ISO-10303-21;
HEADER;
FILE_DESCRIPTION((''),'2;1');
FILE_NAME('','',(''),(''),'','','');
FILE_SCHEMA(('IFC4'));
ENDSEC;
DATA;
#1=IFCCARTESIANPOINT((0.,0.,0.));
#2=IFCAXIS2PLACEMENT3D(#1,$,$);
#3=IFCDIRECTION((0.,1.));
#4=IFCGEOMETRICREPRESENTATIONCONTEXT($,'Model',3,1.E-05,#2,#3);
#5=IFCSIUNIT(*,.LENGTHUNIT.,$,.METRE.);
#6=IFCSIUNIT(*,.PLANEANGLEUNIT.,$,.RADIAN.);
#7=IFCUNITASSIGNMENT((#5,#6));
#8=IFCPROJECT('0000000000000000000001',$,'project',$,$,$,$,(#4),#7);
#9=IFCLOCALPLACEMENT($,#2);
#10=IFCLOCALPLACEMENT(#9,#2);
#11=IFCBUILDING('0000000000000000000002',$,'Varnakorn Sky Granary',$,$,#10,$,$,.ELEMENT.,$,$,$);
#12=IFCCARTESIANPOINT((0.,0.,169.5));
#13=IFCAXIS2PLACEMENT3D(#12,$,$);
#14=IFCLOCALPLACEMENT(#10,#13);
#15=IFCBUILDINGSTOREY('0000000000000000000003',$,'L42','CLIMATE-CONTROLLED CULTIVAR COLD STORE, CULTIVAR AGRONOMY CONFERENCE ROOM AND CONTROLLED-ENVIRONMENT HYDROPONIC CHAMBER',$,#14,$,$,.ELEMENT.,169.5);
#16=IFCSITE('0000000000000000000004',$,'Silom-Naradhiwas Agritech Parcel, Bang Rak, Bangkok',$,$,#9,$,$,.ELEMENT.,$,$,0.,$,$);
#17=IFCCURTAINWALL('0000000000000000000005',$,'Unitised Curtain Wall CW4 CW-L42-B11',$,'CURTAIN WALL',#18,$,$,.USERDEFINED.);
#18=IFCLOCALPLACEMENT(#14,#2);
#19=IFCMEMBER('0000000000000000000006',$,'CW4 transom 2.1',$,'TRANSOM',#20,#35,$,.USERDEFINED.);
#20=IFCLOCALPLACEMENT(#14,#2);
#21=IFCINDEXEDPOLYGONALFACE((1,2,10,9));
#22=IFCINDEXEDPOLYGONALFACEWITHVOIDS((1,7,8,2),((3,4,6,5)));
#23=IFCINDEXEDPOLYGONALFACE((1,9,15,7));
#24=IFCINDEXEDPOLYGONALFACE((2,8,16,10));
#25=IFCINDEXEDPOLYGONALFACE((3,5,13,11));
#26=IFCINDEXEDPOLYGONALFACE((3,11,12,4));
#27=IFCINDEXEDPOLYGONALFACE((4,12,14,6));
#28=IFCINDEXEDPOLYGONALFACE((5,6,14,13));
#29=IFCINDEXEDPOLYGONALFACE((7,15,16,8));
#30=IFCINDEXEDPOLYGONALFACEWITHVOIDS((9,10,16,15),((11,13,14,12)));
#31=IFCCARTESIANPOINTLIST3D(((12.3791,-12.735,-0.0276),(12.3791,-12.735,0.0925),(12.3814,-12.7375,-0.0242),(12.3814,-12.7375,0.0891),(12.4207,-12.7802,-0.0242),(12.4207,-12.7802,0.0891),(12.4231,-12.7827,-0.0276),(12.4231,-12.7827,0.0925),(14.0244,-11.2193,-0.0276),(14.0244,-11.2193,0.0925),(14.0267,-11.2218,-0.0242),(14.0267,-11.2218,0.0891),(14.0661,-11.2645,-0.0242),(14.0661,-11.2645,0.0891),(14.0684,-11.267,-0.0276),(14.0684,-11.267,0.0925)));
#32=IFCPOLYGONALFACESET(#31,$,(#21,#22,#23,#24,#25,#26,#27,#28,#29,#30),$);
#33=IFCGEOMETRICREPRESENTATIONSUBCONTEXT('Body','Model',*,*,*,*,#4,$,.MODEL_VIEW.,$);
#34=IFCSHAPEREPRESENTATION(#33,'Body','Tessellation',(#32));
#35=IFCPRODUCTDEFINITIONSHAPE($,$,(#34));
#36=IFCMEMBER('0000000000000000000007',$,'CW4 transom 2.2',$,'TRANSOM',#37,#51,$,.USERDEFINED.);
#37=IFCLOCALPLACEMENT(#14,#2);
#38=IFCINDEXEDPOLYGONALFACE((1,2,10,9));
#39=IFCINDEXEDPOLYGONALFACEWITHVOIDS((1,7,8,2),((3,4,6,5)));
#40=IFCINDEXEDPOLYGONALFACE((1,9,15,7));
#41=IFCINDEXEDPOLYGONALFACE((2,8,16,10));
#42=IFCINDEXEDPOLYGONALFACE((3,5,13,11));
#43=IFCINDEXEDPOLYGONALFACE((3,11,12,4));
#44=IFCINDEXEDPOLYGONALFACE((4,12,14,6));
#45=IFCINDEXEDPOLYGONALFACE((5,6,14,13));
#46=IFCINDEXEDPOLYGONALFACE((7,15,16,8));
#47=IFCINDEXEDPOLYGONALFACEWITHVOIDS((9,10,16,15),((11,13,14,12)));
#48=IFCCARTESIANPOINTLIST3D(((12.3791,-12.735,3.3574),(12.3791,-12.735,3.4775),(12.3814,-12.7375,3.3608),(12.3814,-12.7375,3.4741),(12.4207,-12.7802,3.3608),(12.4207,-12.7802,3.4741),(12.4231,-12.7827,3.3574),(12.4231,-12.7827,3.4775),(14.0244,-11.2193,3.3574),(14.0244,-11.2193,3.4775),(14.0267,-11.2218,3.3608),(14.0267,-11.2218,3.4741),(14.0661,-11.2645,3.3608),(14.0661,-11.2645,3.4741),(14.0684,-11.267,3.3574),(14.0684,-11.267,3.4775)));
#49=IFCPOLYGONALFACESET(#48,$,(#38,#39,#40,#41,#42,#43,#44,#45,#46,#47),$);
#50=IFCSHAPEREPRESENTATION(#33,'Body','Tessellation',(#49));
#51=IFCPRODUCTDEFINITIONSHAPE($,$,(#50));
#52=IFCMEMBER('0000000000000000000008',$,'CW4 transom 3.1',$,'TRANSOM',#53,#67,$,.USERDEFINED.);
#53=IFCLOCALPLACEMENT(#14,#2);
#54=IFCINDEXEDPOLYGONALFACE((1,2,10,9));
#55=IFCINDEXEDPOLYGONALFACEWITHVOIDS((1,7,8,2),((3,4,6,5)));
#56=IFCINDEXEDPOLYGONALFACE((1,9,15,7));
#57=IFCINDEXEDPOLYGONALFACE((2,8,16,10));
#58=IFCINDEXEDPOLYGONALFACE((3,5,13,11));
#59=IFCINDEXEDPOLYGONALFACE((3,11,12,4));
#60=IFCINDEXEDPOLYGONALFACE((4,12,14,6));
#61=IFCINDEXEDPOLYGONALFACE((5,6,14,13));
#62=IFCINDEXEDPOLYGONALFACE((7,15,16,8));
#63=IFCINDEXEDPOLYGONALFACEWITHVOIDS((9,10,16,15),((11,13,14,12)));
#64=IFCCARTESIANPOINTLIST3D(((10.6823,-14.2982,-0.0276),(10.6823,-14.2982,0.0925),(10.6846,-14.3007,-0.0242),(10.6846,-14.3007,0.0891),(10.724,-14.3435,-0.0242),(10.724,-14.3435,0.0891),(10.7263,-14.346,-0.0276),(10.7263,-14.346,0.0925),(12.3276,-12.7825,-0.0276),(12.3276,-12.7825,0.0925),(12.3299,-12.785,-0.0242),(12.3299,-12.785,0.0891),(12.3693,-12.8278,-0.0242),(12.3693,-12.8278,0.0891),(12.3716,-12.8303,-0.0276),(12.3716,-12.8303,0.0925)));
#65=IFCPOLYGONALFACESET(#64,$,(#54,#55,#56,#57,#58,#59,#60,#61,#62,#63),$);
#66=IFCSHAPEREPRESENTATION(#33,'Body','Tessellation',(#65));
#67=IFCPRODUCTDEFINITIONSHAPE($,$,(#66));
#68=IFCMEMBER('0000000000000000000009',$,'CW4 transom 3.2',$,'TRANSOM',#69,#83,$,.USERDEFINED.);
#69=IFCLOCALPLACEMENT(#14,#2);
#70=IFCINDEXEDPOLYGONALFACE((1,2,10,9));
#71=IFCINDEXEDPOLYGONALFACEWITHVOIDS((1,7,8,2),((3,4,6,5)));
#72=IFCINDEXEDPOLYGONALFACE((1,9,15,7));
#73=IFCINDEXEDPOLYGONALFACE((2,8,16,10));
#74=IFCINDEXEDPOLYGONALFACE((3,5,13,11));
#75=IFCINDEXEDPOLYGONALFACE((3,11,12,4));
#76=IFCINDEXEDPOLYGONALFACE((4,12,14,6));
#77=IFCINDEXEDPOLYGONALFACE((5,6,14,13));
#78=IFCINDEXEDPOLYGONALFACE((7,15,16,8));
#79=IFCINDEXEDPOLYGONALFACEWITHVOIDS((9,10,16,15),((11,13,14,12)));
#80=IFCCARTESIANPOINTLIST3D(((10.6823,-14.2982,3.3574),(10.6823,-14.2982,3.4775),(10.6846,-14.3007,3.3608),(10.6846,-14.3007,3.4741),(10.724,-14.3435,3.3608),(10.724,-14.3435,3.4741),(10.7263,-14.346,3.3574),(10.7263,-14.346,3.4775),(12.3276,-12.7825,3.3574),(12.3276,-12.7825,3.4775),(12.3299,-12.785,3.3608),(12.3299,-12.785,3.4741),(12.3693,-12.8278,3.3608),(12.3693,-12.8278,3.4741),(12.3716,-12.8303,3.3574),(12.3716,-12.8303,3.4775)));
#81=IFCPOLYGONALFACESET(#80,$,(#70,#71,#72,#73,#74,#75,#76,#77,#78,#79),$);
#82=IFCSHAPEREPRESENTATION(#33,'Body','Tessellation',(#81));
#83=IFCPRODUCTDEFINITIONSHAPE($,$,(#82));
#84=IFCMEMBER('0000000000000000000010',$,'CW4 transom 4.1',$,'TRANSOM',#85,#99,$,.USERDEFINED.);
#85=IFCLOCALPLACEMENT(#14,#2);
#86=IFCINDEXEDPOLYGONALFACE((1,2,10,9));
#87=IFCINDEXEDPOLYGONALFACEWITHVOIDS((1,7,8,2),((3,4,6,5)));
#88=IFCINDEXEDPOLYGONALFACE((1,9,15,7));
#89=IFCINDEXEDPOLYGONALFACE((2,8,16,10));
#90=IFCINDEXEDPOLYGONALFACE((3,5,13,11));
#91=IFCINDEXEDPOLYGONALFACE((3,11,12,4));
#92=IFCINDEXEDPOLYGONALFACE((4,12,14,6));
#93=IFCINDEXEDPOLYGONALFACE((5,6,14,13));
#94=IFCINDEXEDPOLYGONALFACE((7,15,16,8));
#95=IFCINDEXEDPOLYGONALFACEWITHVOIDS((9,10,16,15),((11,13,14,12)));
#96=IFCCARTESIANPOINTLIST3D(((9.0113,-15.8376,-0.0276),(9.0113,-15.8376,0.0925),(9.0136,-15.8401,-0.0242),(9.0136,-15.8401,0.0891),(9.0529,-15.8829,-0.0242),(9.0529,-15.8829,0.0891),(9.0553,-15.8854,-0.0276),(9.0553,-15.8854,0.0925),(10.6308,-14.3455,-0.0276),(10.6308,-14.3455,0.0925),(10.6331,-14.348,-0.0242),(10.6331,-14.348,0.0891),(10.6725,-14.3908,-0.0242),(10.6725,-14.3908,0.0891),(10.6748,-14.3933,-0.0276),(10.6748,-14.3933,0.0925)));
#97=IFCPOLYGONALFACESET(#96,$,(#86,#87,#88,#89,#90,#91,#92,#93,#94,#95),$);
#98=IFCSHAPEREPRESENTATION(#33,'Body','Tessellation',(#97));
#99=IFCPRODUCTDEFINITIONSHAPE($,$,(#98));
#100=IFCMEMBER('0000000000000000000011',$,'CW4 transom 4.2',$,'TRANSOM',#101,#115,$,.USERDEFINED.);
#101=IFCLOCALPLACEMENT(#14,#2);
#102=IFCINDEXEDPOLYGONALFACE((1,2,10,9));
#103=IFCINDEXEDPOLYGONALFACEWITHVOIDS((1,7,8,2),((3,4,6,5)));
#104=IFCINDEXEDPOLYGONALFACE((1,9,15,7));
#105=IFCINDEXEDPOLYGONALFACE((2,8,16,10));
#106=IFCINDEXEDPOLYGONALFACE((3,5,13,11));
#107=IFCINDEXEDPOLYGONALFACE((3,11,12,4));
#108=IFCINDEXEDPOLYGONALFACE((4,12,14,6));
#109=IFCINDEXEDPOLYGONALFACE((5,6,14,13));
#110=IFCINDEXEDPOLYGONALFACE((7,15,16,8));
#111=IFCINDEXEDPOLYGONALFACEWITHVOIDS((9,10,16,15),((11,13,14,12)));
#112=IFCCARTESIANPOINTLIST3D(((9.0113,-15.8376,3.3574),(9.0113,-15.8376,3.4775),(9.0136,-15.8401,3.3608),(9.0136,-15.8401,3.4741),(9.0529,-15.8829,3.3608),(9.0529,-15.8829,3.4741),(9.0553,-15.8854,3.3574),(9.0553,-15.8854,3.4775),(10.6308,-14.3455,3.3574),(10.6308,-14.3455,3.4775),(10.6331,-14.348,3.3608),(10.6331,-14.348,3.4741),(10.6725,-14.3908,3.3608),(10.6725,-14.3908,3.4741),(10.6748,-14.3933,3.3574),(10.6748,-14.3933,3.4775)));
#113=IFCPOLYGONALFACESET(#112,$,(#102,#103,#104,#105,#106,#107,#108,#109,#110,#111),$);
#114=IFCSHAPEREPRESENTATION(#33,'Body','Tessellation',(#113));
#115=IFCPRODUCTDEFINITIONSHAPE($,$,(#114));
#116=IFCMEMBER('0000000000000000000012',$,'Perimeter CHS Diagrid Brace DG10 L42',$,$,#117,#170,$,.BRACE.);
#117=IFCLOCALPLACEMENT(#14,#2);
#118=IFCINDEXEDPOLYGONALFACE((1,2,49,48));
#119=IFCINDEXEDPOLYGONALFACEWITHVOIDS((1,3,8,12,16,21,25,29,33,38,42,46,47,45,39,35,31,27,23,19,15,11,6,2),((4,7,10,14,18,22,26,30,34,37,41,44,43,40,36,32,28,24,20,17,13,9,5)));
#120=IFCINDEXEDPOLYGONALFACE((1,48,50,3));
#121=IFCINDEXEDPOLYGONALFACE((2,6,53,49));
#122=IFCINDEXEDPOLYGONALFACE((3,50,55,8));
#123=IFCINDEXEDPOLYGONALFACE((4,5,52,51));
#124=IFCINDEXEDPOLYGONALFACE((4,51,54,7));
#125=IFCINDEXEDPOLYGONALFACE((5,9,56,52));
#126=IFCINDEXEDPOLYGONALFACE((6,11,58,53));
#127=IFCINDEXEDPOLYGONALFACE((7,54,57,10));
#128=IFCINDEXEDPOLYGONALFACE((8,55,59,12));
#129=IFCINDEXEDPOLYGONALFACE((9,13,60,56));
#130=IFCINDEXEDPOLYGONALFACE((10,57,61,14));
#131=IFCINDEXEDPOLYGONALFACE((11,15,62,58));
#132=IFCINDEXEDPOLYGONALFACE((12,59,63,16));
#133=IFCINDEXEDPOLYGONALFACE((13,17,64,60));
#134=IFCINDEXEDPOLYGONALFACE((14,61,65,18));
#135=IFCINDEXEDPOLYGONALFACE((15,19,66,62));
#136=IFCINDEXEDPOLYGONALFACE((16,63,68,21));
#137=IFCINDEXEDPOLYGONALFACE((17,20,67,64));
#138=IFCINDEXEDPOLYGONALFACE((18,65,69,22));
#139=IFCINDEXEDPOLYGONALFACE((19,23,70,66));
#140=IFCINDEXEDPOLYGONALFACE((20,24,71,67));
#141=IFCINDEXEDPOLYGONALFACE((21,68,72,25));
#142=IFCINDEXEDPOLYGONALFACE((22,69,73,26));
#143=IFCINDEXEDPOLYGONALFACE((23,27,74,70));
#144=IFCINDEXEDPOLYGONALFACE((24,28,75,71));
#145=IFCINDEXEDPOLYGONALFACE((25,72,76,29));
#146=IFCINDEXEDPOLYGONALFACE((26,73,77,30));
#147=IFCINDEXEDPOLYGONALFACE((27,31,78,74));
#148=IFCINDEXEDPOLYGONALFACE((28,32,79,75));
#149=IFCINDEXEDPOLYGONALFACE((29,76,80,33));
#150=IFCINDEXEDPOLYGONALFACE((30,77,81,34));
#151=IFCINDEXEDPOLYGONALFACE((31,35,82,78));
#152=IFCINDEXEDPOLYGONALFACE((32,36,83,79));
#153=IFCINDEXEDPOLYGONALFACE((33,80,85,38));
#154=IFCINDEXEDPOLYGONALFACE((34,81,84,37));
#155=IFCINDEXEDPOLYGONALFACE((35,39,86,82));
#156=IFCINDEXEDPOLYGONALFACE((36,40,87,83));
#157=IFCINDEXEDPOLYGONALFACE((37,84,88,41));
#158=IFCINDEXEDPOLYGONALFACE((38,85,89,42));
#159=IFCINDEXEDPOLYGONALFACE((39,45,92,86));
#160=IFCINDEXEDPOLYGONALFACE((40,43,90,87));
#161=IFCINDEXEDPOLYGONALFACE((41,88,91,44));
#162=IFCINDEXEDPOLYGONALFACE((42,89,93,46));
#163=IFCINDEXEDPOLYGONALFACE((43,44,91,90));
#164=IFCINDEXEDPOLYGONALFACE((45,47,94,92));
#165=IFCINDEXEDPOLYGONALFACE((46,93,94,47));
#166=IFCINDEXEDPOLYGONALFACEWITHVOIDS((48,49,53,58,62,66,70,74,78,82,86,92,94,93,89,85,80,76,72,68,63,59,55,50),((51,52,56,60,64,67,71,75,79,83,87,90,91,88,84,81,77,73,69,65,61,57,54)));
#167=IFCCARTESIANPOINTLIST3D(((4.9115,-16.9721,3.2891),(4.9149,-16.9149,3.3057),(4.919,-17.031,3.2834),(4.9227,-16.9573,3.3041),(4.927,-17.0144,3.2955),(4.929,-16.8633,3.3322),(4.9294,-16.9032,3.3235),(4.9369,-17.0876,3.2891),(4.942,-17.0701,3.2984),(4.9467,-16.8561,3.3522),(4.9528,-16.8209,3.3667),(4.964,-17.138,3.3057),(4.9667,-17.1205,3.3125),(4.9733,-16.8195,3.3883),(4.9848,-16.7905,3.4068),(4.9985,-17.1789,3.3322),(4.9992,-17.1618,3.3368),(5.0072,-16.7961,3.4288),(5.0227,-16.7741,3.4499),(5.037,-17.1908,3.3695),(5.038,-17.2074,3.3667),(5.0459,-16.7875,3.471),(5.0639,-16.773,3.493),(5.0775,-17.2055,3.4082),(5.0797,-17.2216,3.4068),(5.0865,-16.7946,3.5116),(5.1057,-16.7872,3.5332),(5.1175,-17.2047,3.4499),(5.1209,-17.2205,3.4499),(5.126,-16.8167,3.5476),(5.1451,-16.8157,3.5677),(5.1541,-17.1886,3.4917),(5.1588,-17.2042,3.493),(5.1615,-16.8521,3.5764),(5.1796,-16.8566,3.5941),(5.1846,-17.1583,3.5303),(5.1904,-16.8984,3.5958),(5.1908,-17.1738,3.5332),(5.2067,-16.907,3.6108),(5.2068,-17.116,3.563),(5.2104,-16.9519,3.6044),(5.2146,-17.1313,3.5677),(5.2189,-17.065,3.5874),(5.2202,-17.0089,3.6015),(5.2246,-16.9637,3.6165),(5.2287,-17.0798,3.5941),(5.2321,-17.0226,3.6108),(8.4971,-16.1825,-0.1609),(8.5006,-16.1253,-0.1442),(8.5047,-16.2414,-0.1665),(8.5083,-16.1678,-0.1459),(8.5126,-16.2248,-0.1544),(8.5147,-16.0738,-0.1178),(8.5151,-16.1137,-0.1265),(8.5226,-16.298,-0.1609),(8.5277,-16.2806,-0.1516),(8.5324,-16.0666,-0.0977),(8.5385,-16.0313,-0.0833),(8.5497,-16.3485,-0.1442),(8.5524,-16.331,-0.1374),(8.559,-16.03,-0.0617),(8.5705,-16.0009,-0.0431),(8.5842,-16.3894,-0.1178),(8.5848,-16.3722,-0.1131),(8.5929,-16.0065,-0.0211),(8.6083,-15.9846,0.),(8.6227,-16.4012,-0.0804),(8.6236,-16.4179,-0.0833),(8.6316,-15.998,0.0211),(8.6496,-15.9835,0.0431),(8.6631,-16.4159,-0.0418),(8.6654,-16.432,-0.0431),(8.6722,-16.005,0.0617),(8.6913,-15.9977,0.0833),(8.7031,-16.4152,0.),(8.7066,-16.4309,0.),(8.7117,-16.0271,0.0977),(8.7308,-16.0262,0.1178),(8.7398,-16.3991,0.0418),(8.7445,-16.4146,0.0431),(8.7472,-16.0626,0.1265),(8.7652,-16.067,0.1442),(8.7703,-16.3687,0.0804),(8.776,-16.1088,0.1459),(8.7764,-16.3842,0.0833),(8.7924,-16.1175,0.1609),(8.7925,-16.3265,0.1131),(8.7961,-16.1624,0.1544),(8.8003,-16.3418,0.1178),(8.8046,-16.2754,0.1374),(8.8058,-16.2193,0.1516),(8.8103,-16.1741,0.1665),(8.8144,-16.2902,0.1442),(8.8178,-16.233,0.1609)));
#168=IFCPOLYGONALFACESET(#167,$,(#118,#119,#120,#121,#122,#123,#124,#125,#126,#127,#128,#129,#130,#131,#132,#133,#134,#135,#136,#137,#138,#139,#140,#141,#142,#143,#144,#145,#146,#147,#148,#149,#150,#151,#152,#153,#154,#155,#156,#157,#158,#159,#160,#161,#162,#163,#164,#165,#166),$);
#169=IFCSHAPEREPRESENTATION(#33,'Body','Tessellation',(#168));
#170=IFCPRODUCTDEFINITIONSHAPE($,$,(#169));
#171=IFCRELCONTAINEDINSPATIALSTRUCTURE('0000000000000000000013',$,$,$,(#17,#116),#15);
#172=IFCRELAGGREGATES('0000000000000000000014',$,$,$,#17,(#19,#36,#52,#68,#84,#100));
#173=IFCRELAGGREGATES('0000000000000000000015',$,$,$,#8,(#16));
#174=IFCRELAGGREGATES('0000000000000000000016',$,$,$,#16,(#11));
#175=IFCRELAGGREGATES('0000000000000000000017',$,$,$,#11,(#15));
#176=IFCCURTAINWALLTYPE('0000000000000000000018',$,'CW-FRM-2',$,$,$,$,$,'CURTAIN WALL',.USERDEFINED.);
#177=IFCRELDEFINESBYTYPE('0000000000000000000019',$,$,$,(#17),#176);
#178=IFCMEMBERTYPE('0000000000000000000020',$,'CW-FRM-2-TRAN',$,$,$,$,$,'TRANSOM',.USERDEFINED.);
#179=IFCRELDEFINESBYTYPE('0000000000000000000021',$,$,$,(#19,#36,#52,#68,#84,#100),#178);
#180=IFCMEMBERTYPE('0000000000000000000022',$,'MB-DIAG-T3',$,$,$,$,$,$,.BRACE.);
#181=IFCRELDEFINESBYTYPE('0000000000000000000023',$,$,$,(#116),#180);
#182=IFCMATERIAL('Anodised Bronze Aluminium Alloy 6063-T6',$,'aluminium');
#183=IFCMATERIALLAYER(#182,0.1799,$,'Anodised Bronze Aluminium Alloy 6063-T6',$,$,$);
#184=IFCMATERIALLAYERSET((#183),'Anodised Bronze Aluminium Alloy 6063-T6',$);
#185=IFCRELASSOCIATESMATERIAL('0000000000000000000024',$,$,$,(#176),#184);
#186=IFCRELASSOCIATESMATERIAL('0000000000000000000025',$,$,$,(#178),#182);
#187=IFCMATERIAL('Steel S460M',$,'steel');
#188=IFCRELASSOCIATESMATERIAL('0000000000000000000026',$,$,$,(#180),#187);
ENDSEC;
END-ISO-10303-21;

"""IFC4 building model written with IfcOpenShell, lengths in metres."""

from ifc_helpers import new_model, si_unit, direction, frame, origin, origin_2d, place, context, subcontext, project, spatial, hollow_rectangle, hollow_circle, extrude, material, layer, layer_set, material_profile, profile_set, type_object, element, aggregate, save


model = new_model("IFC4")

# Units and contexts
model_context = context("Model", 3, precision=1e-05, world=origin(), true_north=direction((0.0, 1.0)))
body_context = subcontext(model_context, "Body", "Model", "MODEL_VIEW")
ifc_project = project(units=[si_unit("LENGTHUNIT", "METRE"), si_unit("PLANEANGLEUNIT", "RADIAN")], contexts=[model_context])

# Site, building, storey
site_placement = place(None, origin())
site = spatial("IfcSite", under=ifc_project, at=site_placement, Name="Silom-Naradhiwas Agritech Parcel, Bang Rak, Bangkok", CompositionType="ELEMENT", RefElevation=0.0)
building_placement = place(site_placement, origin())
building = spatial("IfcBuilding", under=site, at=building_placement, Name="Varnakorn Sky Granary", CompositionType="ELEMENT")
storey_placement = place(building_placement, frame((0.0, 0.0, 169.5)))
storey = spatial("IfcBuildingStorey", under=building, at=storey_placement, Name="L42", Description="CLIMATE-CONTROLLED CULTIVAR COLD STORE, CULTIVAR AGRONOMY CONFERENCE ROOM AND CONTROLLED-ENVIRONMENT HYDROPONIC CHAMBER", CompositionType="ELEMENT", Elevation=169.5)

# Shared definitions
ifc_material_1 = material(Name="Steel S460M", Category="steel")

# Curtain wall, members
ifc_material_2 = material(Name="Anodised Bronze Aluminium Alloy 6063-T6", Category="aluminium")
ifc_layer_1 = layer(ifc_material_2, 0.1799, Name="Anodised Bronze Aluminium Alloy 6063-T6")
ifc_layer_set_1 = layer_set([ifc_layer_1], Name="Anodised Bronze Aluminium Alloy 6063-T6")
curtain_wall_type = type_object("IfcCurtainWallType", Name="CW-FRM-2", ElementType="CURTAIN WALL", PredefinedType="USERDEFINED", material=ifc_layer_set_1)
curtain_wall_placement = place(storey_placement, origin())
curtain_wall = element("IfcCurtainWall", 1, at=curtain_wall_placement, inside=storey, type_object=curtain_wall_type, Name="Unitised Curtain Wall CW4 CW-L42-B11", ObjectType="CURTAIN WALL", PredefinedType="USERDEFINED")
ifc_material_profile_1 = material_profile(ifc_material_2, hollow_rectangle(XDim=0.0649, YDim=0.1201, WallThickness=0.0034, at=origin_2d()), Name="ALU TRAN 65x120")
ifc_profile_set_1 = profile_set([ifc_material_profile_1], Name="Anodised Bronze Aluminium Alloy 6063-T6")
member_type_1 = type_object("IfcMemberType", Name="CW-FRM-2-TRAN", ElementType="TRANSOM", PredefinedType="USERDEFINED", material=ifc_profile_set_1)
member_1_placement = place(storey_placement, frame((14.0464, -11.2432, 0.0325), z_axis=(-0.735489, -0.677536, 0.0), x_axis=(0.677536, -0.735489, 0.0)))
member_1 = element("IfcMember", 2, at=member_1_placement, type_object=member_type_1, Name="CW4 transom 2.1", ObjectType="TRANSOM", PredefinedType="USERDEFINED", context=body_context, shape_type="SweptSolid", body=[
    extrude(hollow_rectangle(XDim=0.0649, YDim=0.1201, WallThickness=0.0034, at=origin_2d()), origin(), (0.0, 0.0, 1.0), 2.2371),
])
member_2_placement = place(storey_placement, frame((14.0464, -11.2432, 3.4175), z_axis=(-0.735489, -0.677536, 0.0), x_axis=(0.677536, -0.735489, 0.0)))
member_2 = element("IfcMember", 3, at=member_2_placement, type_object=member_type_1, Name="CW4 transom 2.2", ObjectType="TRANSOM", PredefinedType="USERDEFINED", context=body_context, shape_type="SweptSolid", body=[
    extrude(hollow_rectangle(XDim=0.0649, YDim=0.1201, WallThickness=0.0034, at=origin_2d()), origin(), (0.0, 0.0, 1.0), 2.2371),
])
member_3_placement = place(storey_placement, frame((12.3496, -12.8064, 0.0325), z_axis=(-0.735489, -0.677536, 0.0), x_axis=(0.677536, -0.735489, 0.0)))
member_3 = element("IfcMember", 4, at=member_3_placement, type_object=member_type_1, Name="CW4 transom 3.1", ObjectType="TRANSOM", PredefinedType="USERDEFINED", context=body_context, shape_type="SweptSolid", body=[
    extrude(hollow_rectangle(XDim=0.0649, YDim=0.1201, WallThickness=0.0034, at=origin_2d()), origin(), (0.0, 0.0, 1.0), 2.2371),
])
member_4_placement = place(storey_placement, frame((12.3496, -12.8064, 3.4175), z_axis=(-0.735489, -0.677536, 0.0), x_axis=(0.677536, -0.735489, 0.0)))
member_4 = element("IfcMember", 5, at=member_4_placement, type_object=member_type_1, Name="CW4 transom 3.2", ObjectType="TRANSOM", PredefinedType="USERDEFINED", context=body_context, shape_type="SweptSolid", body=[
    extrude(hollow_rectangle(XDim=0.0649, YDim=0.1201, WallThickness=0.0034, at=origin_2d()), origin(), (0.0, 0.0, 1.0), 2.2371),
])
member_5_placement = place(storey_placement, frame((10.6528, -14.3694, 0.0325), z_axis=(-0.735449, -0.67758, 0.0), x_axis=(0.67758, -0.735449, 0.0)))
member_5 = element("IfcMember", 6, at=member_5_placement, type_object=member_type_1, Name="CW4 transom 4.1", ObjectType="TRANSOM", PredefinedType="USERDEFINED", context=body_context, shape_type="SweptSolid", body=[
    extrude(hollow_rectangle(XDim=0.0649, YDim=0.1201, WallThickness=0.0034, at=origin_2d()), origin(), (0.0, 0.0, 1.0), 2.2021),
])
member_6_placement = place(storey_placement, frame((10.6528, -14.3694, 3.4175), z_axis=(-0.735449, -0.67758, 0.0), x_axis=(0.67758, -0.735449, 0.0)))
member_6 = element("IfcMember", 7, at=member_6_placement, type_object=member_type_1, Name="CW4 transom 4.2", ObjectType="TRANSOM", PredefinedType="USERDEFINED", context=body_context, shape_type="SweptSolid", body=[
    extrude(hollow_rectangle(XDim=0.0649, YDim=0.1201, WallThickness=0.0034, at=origin_2d()), origin(), (0.0, 0.0, 1.0), 2.2021),
])

# Member
ifc_material_profile_2 = material_profile(ifc_material_1, hollow_circle(Radius=0.2285, WallThickness=0.0161, at=origin_2d()), Name="CHS 457x16")
ifc_profile_set_2 = profile_set([ifc_material_profile_2], Name="Steel S460M")
member_type_2 = type_object("IfcMemberType", Name="MB-DIAG-T3", PredefinedType="BRACE", material=ifc_profile_set_2)
member_7_placement = place(storey_placement, frame((8.6575, -16.2078, 0.0), z_axis=(-0.711711, -0.156715, 0.684768), x_axis=(0.215043, -0.976605, 0.0)))
element("IfcMember", 8, at=member_7_placement, inside=storey, type_object=member_type_2, Name="Perimeter CHS Diagrid Brace DG10 L42", PredefinedType="BRACE", context=body_context, shape_type="SweptSolid", body=[
    extrude(hollow_circle(Radius=0.2285, WallThickness=0.0161, at=origin_2d()), origin(), (0.0, 0.0, 1.0), 5.0381),
])

aggregate(curtain_wall, [member_1, member_2, member_3, member_4, member_5, member_6])

save(model, "model.ifc")
